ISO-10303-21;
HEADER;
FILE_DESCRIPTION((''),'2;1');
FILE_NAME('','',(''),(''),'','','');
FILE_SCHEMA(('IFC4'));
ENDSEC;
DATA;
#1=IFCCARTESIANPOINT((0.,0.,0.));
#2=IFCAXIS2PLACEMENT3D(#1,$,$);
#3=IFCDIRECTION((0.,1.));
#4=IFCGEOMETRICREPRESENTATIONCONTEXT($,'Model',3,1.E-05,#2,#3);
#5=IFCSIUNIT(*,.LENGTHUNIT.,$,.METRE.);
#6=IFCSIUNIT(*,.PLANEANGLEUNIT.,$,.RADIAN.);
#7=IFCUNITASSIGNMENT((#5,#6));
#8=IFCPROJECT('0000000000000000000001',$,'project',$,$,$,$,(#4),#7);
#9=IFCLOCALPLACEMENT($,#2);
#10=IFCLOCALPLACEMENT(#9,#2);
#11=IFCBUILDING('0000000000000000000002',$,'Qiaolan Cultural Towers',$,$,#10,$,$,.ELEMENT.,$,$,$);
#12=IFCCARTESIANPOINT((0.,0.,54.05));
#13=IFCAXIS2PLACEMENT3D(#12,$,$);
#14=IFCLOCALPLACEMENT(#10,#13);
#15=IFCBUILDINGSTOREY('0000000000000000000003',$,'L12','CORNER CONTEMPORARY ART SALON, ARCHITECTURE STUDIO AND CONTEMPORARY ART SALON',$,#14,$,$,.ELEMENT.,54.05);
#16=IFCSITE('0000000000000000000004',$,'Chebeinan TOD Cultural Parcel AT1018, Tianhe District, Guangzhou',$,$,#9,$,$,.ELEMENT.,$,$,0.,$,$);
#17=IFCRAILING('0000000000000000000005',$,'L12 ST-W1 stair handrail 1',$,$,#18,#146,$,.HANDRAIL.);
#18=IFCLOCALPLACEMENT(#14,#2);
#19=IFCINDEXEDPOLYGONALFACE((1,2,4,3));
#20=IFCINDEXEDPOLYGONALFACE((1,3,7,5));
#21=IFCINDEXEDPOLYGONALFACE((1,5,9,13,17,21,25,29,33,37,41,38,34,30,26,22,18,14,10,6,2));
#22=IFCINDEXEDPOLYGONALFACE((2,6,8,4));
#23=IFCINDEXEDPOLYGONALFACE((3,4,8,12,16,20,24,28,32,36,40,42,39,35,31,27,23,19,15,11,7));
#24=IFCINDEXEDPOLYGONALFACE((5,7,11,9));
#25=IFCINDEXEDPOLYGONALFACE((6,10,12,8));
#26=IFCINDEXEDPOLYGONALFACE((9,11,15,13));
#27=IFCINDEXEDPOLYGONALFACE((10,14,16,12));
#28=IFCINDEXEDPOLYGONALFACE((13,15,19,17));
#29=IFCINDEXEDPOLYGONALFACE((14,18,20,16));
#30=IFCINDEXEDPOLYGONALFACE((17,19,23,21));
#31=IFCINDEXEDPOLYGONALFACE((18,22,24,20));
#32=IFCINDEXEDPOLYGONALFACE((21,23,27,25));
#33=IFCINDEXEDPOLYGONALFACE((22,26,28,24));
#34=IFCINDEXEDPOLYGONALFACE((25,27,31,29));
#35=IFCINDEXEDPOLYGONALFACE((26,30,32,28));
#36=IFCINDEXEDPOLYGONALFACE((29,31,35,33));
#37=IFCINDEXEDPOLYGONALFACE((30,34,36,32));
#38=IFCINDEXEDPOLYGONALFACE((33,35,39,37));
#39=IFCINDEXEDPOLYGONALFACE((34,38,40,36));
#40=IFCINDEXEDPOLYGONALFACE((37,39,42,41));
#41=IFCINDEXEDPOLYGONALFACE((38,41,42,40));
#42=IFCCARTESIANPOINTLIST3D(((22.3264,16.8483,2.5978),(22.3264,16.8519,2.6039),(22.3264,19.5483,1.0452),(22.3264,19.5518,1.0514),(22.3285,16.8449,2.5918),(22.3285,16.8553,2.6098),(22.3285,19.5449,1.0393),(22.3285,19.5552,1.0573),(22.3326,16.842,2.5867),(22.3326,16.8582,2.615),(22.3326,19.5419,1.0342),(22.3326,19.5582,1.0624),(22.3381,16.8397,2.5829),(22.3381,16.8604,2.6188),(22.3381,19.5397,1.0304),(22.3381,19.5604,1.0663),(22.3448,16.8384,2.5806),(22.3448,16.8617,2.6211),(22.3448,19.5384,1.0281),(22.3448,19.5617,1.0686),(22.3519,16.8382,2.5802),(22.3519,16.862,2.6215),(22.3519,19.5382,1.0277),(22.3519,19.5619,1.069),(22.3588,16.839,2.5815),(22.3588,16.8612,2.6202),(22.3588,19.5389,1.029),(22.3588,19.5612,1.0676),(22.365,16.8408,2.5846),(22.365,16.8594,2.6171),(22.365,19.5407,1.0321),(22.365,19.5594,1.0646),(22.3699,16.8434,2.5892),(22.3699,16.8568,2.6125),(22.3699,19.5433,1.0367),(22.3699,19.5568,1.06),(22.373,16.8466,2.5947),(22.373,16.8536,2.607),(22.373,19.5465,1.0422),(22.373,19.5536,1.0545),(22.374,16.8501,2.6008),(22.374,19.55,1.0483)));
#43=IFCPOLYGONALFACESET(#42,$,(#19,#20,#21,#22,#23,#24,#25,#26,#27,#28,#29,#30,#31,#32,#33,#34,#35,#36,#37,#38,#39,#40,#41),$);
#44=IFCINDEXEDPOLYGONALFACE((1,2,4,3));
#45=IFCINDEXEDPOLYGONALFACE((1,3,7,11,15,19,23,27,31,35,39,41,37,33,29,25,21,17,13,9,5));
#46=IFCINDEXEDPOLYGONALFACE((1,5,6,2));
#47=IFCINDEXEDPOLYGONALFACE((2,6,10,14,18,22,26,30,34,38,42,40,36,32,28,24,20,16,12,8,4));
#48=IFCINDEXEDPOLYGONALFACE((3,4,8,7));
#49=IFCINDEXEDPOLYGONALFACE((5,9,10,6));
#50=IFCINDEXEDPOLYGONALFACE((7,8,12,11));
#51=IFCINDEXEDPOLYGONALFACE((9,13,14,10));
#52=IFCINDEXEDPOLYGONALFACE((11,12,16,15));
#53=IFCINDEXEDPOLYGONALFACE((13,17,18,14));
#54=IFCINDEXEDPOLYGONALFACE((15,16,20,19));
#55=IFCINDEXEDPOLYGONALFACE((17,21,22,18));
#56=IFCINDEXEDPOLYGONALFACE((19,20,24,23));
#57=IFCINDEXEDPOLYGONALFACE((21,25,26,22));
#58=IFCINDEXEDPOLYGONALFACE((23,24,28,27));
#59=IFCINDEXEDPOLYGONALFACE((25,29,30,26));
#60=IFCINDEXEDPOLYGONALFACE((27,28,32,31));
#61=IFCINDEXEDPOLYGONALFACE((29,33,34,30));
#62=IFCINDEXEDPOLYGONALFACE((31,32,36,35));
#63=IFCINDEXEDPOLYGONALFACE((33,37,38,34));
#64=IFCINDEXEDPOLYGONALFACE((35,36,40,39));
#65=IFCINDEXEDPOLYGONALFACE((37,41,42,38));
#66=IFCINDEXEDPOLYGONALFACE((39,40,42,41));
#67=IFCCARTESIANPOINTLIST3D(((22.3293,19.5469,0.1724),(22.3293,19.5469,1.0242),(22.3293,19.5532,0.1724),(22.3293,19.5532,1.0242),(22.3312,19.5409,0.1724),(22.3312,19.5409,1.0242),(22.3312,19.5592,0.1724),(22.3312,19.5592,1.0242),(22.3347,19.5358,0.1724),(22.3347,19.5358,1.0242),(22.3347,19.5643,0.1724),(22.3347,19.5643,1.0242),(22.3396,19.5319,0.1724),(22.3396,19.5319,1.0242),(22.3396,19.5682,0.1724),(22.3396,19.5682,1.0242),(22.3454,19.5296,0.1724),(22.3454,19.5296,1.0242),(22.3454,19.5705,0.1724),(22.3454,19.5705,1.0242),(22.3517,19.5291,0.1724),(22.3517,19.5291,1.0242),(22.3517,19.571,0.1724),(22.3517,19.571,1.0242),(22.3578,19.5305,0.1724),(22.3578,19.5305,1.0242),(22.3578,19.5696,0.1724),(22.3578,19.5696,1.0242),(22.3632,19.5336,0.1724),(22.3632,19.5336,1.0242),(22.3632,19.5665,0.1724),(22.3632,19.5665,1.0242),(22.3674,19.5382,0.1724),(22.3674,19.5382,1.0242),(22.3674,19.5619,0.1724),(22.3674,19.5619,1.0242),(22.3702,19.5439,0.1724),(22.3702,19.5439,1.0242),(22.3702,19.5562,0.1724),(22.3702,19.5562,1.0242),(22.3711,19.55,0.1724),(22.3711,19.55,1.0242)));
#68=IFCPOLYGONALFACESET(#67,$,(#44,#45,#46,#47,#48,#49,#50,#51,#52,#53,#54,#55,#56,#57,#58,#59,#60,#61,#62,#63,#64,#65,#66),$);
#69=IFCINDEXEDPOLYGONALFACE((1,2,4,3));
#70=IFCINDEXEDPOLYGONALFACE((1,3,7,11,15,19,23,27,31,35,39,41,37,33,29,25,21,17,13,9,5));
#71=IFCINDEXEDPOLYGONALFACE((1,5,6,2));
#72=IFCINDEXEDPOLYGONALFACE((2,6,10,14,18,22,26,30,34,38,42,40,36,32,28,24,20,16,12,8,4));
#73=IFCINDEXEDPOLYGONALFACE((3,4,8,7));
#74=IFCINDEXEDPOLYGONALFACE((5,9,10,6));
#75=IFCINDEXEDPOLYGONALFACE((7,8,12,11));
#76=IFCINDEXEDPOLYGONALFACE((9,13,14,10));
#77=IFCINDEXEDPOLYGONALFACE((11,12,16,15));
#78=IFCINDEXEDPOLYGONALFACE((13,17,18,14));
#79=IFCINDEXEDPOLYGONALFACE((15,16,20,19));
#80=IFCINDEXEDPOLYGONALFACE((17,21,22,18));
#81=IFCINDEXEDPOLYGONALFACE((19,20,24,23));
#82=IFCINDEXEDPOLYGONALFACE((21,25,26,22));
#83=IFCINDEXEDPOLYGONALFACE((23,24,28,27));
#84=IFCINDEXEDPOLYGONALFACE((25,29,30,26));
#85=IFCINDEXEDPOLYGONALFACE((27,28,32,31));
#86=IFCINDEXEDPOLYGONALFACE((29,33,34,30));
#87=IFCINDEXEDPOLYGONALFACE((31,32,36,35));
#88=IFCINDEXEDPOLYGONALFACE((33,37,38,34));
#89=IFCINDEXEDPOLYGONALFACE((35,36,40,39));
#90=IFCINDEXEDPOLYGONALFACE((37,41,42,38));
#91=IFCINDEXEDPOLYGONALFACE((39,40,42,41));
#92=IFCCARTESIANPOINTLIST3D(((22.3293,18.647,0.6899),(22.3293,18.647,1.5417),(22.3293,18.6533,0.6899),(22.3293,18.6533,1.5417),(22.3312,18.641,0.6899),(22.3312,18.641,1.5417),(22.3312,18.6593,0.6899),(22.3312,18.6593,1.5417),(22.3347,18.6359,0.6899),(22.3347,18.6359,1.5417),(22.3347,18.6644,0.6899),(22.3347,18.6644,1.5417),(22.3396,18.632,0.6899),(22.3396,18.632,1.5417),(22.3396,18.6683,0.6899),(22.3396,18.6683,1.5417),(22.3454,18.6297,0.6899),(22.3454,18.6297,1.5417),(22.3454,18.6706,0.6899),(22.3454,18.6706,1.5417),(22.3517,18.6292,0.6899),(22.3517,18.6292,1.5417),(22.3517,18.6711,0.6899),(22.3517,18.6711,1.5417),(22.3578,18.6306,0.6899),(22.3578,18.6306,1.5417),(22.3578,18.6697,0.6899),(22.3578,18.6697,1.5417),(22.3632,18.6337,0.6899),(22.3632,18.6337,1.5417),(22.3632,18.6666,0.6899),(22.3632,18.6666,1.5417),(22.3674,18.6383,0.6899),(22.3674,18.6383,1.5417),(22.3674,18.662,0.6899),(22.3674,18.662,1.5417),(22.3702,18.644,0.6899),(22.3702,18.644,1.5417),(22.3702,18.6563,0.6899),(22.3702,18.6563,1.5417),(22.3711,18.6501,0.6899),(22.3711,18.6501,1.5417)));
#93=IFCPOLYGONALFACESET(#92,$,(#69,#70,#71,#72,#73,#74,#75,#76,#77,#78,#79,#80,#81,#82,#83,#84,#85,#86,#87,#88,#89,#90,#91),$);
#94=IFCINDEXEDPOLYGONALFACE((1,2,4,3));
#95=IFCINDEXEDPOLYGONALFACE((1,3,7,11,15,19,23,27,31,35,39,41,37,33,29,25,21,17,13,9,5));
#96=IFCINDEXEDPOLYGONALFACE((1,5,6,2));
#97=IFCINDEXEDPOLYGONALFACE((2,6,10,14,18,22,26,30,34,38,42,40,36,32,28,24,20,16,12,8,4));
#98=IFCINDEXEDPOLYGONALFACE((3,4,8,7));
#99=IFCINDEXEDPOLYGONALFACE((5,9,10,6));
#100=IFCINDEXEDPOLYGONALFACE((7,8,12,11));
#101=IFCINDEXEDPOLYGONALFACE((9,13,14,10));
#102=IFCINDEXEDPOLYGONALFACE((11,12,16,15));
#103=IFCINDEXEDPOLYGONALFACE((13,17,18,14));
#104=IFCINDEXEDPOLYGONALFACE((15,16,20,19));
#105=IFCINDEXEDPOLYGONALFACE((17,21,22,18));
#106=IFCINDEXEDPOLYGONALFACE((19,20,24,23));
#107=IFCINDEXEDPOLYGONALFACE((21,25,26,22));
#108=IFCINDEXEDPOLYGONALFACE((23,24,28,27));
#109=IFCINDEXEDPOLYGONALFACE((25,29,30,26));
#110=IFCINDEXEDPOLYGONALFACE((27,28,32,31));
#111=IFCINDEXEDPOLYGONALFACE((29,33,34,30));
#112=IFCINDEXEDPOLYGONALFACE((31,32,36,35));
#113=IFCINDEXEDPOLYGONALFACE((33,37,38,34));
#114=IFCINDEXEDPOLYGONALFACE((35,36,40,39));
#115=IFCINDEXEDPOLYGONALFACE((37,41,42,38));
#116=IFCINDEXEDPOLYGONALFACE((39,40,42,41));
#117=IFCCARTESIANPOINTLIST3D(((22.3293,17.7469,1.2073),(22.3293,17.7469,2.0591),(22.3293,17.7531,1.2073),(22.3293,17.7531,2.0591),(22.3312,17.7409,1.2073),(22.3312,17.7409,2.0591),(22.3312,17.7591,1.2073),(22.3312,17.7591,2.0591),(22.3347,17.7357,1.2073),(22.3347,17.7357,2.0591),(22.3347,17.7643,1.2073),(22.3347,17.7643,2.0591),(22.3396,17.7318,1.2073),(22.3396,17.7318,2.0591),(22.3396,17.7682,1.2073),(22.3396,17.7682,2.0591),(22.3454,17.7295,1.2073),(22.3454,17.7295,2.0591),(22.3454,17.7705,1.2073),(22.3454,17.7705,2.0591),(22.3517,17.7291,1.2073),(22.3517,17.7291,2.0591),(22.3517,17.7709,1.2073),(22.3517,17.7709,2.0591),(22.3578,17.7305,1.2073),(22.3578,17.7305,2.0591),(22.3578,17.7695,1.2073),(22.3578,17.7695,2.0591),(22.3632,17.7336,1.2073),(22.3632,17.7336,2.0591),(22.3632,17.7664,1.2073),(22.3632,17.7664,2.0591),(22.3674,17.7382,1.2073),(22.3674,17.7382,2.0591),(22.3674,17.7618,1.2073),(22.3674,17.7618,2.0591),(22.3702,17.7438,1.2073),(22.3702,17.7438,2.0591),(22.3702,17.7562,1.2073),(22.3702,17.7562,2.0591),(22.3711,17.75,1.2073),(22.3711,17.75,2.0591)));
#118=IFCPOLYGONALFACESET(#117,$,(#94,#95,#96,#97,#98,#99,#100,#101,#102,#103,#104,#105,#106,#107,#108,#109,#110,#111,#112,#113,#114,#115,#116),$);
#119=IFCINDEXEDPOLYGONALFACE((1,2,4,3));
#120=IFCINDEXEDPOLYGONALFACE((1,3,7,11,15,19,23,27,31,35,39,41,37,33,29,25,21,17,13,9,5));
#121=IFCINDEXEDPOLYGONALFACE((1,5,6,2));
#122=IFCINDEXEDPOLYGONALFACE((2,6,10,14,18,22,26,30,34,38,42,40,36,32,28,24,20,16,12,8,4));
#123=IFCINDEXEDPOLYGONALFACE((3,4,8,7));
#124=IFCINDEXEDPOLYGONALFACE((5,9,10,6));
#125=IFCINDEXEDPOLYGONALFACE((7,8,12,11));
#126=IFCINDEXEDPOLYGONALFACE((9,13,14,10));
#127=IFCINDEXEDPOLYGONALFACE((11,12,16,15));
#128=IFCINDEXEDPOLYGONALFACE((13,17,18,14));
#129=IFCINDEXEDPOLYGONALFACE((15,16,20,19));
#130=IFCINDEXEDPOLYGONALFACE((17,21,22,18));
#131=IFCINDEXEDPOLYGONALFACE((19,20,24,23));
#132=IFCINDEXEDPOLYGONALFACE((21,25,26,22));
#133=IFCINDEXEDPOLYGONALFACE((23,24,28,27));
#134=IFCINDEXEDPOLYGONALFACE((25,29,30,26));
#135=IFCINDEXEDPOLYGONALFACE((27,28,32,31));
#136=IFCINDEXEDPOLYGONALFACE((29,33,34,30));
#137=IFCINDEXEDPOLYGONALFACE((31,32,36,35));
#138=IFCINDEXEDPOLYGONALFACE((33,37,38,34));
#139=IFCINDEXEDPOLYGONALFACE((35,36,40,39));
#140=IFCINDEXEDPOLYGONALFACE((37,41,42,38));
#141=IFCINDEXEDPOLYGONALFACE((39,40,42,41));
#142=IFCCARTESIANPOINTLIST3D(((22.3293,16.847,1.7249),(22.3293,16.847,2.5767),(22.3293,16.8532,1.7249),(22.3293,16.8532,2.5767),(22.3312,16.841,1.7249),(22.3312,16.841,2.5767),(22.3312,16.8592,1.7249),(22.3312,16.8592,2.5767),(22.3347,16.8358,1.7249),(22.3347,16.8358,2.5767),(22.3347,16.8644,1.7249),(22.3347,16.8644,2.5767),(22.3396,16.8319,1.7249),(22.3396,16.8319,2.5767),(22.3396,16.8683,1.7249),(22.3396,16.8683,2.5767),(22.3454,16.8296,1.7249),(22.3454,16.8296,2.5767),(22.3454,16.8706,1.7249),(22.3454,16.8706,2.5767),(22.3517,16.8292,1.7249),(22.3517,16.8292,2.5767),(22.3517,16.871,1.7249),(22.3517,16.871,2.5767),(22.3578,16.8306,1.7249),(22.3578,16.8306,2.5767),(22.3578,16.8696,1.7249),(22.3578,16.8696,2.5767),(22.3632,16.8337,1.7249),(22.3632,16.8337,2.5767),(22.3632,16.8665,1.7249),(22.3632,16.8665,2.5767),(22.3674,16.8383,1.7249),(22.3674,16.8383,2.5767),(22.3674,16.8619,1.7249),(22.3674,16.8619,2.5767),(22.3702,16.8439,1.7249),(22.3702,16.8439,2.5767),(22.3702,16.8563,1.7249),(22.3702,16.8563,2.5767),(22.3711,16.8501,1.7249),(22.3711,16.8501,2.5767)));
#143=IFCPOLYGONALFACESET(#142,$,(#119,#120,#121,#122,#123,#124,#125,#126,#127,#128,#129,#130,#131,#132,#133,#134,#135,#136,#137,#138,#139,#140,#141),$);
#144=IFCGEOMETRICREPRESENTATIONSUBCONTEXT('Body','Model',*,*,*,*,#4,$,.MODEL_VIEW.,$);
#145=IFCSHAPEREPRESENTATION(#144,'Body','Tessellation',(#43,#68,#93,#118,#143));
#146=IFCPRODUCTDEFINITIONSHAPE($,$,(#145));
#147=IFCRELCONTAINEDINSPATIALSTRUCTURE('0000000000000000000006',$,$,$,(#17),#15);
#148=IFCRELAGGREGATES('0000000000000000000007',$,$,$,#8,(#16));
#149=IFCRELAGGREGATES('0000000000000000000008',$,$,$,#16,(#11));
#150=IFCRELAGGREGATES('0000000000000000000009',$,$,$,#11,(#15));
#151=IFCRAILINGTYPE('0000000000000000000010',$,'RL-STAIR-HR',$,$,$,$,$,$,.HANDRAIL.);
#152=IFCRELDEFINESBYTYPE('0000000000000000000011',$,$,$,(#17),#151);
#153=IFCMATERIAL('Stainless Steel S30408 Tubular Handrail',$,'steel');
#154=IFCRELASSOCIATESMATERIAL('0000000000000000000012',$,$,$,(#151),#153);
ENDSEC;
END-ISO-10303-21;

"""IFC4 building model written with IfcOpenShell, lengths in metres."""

from ifc_helpers import new_model, si_unit, direction, frame, origin, origin_2d, place, context, subcontext, project, spatial, circle, extrude, material, type_object, element, save


model = new_model("IFC4")

# Units and contexts
model_context = context("Model", 3, precision=1e-05, world=origin(), true_north=direction((0.0, 1.0)))
body_context = subcontext(model_context, "Body", "Model", "MODEL_VIEW")
ifc_project = project(units=[si_unit("LENGTHUNIT", "METRE"), si_unit("PLANEANGLEUNIT", "RADIAN")], contexts=[model_context])

# Site, building, storey
site_placement = place(None, origin())
site = spatial("IfcSite", under=ifc_project, at=site_placement, Name="Chebeinan TOD Cultural Parcel AT1018, Tianhe District, Guangzhou", CompositionType="ELEMENT", RefElevation=0.0)
building_placement = place(site_placement, origin())
building = spatial("IfcBuilding", under=site, at=building_placement, Name="Qiaolan Cultural Towers", CompositionType="ELEMENT")
storey_placement = place(building_placement, frame((0.0, 0.0, 54.05)))
storey = spatial("IfcBuildingStorey", under=building, at=storey_placement, Name="L12", Description="CORNER CONTEMPORARY ART SALON, ARCHITECTURE STUDIO AND CONTEMPORARY ART SALON", CompositionType="ELEMENT", Elevation=54.05)

# Railing
ifc_material_1 = material(Name="Stainless Steel S30408 Tubular Handrail", Category="steel")
railing_type_1 = type_object("IfcRailingType", Name="RL-STAIR-HR", PredefinedType="HANDRAIL", material=ifc_material_1)
railing_1_placement = place(storey_placement, frame((22.3501, 19.55, 0.1724)))
element("IfcRailing", 1, at=railing_1_placement, inside=storey, type_object=railing_type_1, Name="L12 ST-W1 stair handrail 1", PredefinedType="HANDRAIL", context=body_context, shape_type="SweptSolid", body=[
    extrude(circle(Radius=0.0239, at=origin_2d()), frame((0.0, 0.0, 0.876), z_axis=(0.0, -0.866904, 0.498476), x_axis=(1.0, 0.0, 0.0)), (0.0, 0.0, 1.0), 3.1145),
    extrude(circle(Radius=0.021, at=origin_2d()), origin(), (0.0, 0.0, 1.0), 0.8518),
    extrude(circle(Radius=0.021, at=origin_2d()), frame((0.0, -0.8999, 0.5176)), (0.0, 0.0, 1.0), 0.8518),
    extrude(circle(Radius=0.021, at=origin_2d()), frame((0.0, -1.8, 1.0349)), (0.0, 0.0, 1.0), 0.8518),
    extrude(circle(Radius=0.021, at=origin_2d()), frame((0.0, -2.7, 1.5525)), (0.0, 0.0, 1.0), 0.8518),
])

save(model, "model.ifc")
